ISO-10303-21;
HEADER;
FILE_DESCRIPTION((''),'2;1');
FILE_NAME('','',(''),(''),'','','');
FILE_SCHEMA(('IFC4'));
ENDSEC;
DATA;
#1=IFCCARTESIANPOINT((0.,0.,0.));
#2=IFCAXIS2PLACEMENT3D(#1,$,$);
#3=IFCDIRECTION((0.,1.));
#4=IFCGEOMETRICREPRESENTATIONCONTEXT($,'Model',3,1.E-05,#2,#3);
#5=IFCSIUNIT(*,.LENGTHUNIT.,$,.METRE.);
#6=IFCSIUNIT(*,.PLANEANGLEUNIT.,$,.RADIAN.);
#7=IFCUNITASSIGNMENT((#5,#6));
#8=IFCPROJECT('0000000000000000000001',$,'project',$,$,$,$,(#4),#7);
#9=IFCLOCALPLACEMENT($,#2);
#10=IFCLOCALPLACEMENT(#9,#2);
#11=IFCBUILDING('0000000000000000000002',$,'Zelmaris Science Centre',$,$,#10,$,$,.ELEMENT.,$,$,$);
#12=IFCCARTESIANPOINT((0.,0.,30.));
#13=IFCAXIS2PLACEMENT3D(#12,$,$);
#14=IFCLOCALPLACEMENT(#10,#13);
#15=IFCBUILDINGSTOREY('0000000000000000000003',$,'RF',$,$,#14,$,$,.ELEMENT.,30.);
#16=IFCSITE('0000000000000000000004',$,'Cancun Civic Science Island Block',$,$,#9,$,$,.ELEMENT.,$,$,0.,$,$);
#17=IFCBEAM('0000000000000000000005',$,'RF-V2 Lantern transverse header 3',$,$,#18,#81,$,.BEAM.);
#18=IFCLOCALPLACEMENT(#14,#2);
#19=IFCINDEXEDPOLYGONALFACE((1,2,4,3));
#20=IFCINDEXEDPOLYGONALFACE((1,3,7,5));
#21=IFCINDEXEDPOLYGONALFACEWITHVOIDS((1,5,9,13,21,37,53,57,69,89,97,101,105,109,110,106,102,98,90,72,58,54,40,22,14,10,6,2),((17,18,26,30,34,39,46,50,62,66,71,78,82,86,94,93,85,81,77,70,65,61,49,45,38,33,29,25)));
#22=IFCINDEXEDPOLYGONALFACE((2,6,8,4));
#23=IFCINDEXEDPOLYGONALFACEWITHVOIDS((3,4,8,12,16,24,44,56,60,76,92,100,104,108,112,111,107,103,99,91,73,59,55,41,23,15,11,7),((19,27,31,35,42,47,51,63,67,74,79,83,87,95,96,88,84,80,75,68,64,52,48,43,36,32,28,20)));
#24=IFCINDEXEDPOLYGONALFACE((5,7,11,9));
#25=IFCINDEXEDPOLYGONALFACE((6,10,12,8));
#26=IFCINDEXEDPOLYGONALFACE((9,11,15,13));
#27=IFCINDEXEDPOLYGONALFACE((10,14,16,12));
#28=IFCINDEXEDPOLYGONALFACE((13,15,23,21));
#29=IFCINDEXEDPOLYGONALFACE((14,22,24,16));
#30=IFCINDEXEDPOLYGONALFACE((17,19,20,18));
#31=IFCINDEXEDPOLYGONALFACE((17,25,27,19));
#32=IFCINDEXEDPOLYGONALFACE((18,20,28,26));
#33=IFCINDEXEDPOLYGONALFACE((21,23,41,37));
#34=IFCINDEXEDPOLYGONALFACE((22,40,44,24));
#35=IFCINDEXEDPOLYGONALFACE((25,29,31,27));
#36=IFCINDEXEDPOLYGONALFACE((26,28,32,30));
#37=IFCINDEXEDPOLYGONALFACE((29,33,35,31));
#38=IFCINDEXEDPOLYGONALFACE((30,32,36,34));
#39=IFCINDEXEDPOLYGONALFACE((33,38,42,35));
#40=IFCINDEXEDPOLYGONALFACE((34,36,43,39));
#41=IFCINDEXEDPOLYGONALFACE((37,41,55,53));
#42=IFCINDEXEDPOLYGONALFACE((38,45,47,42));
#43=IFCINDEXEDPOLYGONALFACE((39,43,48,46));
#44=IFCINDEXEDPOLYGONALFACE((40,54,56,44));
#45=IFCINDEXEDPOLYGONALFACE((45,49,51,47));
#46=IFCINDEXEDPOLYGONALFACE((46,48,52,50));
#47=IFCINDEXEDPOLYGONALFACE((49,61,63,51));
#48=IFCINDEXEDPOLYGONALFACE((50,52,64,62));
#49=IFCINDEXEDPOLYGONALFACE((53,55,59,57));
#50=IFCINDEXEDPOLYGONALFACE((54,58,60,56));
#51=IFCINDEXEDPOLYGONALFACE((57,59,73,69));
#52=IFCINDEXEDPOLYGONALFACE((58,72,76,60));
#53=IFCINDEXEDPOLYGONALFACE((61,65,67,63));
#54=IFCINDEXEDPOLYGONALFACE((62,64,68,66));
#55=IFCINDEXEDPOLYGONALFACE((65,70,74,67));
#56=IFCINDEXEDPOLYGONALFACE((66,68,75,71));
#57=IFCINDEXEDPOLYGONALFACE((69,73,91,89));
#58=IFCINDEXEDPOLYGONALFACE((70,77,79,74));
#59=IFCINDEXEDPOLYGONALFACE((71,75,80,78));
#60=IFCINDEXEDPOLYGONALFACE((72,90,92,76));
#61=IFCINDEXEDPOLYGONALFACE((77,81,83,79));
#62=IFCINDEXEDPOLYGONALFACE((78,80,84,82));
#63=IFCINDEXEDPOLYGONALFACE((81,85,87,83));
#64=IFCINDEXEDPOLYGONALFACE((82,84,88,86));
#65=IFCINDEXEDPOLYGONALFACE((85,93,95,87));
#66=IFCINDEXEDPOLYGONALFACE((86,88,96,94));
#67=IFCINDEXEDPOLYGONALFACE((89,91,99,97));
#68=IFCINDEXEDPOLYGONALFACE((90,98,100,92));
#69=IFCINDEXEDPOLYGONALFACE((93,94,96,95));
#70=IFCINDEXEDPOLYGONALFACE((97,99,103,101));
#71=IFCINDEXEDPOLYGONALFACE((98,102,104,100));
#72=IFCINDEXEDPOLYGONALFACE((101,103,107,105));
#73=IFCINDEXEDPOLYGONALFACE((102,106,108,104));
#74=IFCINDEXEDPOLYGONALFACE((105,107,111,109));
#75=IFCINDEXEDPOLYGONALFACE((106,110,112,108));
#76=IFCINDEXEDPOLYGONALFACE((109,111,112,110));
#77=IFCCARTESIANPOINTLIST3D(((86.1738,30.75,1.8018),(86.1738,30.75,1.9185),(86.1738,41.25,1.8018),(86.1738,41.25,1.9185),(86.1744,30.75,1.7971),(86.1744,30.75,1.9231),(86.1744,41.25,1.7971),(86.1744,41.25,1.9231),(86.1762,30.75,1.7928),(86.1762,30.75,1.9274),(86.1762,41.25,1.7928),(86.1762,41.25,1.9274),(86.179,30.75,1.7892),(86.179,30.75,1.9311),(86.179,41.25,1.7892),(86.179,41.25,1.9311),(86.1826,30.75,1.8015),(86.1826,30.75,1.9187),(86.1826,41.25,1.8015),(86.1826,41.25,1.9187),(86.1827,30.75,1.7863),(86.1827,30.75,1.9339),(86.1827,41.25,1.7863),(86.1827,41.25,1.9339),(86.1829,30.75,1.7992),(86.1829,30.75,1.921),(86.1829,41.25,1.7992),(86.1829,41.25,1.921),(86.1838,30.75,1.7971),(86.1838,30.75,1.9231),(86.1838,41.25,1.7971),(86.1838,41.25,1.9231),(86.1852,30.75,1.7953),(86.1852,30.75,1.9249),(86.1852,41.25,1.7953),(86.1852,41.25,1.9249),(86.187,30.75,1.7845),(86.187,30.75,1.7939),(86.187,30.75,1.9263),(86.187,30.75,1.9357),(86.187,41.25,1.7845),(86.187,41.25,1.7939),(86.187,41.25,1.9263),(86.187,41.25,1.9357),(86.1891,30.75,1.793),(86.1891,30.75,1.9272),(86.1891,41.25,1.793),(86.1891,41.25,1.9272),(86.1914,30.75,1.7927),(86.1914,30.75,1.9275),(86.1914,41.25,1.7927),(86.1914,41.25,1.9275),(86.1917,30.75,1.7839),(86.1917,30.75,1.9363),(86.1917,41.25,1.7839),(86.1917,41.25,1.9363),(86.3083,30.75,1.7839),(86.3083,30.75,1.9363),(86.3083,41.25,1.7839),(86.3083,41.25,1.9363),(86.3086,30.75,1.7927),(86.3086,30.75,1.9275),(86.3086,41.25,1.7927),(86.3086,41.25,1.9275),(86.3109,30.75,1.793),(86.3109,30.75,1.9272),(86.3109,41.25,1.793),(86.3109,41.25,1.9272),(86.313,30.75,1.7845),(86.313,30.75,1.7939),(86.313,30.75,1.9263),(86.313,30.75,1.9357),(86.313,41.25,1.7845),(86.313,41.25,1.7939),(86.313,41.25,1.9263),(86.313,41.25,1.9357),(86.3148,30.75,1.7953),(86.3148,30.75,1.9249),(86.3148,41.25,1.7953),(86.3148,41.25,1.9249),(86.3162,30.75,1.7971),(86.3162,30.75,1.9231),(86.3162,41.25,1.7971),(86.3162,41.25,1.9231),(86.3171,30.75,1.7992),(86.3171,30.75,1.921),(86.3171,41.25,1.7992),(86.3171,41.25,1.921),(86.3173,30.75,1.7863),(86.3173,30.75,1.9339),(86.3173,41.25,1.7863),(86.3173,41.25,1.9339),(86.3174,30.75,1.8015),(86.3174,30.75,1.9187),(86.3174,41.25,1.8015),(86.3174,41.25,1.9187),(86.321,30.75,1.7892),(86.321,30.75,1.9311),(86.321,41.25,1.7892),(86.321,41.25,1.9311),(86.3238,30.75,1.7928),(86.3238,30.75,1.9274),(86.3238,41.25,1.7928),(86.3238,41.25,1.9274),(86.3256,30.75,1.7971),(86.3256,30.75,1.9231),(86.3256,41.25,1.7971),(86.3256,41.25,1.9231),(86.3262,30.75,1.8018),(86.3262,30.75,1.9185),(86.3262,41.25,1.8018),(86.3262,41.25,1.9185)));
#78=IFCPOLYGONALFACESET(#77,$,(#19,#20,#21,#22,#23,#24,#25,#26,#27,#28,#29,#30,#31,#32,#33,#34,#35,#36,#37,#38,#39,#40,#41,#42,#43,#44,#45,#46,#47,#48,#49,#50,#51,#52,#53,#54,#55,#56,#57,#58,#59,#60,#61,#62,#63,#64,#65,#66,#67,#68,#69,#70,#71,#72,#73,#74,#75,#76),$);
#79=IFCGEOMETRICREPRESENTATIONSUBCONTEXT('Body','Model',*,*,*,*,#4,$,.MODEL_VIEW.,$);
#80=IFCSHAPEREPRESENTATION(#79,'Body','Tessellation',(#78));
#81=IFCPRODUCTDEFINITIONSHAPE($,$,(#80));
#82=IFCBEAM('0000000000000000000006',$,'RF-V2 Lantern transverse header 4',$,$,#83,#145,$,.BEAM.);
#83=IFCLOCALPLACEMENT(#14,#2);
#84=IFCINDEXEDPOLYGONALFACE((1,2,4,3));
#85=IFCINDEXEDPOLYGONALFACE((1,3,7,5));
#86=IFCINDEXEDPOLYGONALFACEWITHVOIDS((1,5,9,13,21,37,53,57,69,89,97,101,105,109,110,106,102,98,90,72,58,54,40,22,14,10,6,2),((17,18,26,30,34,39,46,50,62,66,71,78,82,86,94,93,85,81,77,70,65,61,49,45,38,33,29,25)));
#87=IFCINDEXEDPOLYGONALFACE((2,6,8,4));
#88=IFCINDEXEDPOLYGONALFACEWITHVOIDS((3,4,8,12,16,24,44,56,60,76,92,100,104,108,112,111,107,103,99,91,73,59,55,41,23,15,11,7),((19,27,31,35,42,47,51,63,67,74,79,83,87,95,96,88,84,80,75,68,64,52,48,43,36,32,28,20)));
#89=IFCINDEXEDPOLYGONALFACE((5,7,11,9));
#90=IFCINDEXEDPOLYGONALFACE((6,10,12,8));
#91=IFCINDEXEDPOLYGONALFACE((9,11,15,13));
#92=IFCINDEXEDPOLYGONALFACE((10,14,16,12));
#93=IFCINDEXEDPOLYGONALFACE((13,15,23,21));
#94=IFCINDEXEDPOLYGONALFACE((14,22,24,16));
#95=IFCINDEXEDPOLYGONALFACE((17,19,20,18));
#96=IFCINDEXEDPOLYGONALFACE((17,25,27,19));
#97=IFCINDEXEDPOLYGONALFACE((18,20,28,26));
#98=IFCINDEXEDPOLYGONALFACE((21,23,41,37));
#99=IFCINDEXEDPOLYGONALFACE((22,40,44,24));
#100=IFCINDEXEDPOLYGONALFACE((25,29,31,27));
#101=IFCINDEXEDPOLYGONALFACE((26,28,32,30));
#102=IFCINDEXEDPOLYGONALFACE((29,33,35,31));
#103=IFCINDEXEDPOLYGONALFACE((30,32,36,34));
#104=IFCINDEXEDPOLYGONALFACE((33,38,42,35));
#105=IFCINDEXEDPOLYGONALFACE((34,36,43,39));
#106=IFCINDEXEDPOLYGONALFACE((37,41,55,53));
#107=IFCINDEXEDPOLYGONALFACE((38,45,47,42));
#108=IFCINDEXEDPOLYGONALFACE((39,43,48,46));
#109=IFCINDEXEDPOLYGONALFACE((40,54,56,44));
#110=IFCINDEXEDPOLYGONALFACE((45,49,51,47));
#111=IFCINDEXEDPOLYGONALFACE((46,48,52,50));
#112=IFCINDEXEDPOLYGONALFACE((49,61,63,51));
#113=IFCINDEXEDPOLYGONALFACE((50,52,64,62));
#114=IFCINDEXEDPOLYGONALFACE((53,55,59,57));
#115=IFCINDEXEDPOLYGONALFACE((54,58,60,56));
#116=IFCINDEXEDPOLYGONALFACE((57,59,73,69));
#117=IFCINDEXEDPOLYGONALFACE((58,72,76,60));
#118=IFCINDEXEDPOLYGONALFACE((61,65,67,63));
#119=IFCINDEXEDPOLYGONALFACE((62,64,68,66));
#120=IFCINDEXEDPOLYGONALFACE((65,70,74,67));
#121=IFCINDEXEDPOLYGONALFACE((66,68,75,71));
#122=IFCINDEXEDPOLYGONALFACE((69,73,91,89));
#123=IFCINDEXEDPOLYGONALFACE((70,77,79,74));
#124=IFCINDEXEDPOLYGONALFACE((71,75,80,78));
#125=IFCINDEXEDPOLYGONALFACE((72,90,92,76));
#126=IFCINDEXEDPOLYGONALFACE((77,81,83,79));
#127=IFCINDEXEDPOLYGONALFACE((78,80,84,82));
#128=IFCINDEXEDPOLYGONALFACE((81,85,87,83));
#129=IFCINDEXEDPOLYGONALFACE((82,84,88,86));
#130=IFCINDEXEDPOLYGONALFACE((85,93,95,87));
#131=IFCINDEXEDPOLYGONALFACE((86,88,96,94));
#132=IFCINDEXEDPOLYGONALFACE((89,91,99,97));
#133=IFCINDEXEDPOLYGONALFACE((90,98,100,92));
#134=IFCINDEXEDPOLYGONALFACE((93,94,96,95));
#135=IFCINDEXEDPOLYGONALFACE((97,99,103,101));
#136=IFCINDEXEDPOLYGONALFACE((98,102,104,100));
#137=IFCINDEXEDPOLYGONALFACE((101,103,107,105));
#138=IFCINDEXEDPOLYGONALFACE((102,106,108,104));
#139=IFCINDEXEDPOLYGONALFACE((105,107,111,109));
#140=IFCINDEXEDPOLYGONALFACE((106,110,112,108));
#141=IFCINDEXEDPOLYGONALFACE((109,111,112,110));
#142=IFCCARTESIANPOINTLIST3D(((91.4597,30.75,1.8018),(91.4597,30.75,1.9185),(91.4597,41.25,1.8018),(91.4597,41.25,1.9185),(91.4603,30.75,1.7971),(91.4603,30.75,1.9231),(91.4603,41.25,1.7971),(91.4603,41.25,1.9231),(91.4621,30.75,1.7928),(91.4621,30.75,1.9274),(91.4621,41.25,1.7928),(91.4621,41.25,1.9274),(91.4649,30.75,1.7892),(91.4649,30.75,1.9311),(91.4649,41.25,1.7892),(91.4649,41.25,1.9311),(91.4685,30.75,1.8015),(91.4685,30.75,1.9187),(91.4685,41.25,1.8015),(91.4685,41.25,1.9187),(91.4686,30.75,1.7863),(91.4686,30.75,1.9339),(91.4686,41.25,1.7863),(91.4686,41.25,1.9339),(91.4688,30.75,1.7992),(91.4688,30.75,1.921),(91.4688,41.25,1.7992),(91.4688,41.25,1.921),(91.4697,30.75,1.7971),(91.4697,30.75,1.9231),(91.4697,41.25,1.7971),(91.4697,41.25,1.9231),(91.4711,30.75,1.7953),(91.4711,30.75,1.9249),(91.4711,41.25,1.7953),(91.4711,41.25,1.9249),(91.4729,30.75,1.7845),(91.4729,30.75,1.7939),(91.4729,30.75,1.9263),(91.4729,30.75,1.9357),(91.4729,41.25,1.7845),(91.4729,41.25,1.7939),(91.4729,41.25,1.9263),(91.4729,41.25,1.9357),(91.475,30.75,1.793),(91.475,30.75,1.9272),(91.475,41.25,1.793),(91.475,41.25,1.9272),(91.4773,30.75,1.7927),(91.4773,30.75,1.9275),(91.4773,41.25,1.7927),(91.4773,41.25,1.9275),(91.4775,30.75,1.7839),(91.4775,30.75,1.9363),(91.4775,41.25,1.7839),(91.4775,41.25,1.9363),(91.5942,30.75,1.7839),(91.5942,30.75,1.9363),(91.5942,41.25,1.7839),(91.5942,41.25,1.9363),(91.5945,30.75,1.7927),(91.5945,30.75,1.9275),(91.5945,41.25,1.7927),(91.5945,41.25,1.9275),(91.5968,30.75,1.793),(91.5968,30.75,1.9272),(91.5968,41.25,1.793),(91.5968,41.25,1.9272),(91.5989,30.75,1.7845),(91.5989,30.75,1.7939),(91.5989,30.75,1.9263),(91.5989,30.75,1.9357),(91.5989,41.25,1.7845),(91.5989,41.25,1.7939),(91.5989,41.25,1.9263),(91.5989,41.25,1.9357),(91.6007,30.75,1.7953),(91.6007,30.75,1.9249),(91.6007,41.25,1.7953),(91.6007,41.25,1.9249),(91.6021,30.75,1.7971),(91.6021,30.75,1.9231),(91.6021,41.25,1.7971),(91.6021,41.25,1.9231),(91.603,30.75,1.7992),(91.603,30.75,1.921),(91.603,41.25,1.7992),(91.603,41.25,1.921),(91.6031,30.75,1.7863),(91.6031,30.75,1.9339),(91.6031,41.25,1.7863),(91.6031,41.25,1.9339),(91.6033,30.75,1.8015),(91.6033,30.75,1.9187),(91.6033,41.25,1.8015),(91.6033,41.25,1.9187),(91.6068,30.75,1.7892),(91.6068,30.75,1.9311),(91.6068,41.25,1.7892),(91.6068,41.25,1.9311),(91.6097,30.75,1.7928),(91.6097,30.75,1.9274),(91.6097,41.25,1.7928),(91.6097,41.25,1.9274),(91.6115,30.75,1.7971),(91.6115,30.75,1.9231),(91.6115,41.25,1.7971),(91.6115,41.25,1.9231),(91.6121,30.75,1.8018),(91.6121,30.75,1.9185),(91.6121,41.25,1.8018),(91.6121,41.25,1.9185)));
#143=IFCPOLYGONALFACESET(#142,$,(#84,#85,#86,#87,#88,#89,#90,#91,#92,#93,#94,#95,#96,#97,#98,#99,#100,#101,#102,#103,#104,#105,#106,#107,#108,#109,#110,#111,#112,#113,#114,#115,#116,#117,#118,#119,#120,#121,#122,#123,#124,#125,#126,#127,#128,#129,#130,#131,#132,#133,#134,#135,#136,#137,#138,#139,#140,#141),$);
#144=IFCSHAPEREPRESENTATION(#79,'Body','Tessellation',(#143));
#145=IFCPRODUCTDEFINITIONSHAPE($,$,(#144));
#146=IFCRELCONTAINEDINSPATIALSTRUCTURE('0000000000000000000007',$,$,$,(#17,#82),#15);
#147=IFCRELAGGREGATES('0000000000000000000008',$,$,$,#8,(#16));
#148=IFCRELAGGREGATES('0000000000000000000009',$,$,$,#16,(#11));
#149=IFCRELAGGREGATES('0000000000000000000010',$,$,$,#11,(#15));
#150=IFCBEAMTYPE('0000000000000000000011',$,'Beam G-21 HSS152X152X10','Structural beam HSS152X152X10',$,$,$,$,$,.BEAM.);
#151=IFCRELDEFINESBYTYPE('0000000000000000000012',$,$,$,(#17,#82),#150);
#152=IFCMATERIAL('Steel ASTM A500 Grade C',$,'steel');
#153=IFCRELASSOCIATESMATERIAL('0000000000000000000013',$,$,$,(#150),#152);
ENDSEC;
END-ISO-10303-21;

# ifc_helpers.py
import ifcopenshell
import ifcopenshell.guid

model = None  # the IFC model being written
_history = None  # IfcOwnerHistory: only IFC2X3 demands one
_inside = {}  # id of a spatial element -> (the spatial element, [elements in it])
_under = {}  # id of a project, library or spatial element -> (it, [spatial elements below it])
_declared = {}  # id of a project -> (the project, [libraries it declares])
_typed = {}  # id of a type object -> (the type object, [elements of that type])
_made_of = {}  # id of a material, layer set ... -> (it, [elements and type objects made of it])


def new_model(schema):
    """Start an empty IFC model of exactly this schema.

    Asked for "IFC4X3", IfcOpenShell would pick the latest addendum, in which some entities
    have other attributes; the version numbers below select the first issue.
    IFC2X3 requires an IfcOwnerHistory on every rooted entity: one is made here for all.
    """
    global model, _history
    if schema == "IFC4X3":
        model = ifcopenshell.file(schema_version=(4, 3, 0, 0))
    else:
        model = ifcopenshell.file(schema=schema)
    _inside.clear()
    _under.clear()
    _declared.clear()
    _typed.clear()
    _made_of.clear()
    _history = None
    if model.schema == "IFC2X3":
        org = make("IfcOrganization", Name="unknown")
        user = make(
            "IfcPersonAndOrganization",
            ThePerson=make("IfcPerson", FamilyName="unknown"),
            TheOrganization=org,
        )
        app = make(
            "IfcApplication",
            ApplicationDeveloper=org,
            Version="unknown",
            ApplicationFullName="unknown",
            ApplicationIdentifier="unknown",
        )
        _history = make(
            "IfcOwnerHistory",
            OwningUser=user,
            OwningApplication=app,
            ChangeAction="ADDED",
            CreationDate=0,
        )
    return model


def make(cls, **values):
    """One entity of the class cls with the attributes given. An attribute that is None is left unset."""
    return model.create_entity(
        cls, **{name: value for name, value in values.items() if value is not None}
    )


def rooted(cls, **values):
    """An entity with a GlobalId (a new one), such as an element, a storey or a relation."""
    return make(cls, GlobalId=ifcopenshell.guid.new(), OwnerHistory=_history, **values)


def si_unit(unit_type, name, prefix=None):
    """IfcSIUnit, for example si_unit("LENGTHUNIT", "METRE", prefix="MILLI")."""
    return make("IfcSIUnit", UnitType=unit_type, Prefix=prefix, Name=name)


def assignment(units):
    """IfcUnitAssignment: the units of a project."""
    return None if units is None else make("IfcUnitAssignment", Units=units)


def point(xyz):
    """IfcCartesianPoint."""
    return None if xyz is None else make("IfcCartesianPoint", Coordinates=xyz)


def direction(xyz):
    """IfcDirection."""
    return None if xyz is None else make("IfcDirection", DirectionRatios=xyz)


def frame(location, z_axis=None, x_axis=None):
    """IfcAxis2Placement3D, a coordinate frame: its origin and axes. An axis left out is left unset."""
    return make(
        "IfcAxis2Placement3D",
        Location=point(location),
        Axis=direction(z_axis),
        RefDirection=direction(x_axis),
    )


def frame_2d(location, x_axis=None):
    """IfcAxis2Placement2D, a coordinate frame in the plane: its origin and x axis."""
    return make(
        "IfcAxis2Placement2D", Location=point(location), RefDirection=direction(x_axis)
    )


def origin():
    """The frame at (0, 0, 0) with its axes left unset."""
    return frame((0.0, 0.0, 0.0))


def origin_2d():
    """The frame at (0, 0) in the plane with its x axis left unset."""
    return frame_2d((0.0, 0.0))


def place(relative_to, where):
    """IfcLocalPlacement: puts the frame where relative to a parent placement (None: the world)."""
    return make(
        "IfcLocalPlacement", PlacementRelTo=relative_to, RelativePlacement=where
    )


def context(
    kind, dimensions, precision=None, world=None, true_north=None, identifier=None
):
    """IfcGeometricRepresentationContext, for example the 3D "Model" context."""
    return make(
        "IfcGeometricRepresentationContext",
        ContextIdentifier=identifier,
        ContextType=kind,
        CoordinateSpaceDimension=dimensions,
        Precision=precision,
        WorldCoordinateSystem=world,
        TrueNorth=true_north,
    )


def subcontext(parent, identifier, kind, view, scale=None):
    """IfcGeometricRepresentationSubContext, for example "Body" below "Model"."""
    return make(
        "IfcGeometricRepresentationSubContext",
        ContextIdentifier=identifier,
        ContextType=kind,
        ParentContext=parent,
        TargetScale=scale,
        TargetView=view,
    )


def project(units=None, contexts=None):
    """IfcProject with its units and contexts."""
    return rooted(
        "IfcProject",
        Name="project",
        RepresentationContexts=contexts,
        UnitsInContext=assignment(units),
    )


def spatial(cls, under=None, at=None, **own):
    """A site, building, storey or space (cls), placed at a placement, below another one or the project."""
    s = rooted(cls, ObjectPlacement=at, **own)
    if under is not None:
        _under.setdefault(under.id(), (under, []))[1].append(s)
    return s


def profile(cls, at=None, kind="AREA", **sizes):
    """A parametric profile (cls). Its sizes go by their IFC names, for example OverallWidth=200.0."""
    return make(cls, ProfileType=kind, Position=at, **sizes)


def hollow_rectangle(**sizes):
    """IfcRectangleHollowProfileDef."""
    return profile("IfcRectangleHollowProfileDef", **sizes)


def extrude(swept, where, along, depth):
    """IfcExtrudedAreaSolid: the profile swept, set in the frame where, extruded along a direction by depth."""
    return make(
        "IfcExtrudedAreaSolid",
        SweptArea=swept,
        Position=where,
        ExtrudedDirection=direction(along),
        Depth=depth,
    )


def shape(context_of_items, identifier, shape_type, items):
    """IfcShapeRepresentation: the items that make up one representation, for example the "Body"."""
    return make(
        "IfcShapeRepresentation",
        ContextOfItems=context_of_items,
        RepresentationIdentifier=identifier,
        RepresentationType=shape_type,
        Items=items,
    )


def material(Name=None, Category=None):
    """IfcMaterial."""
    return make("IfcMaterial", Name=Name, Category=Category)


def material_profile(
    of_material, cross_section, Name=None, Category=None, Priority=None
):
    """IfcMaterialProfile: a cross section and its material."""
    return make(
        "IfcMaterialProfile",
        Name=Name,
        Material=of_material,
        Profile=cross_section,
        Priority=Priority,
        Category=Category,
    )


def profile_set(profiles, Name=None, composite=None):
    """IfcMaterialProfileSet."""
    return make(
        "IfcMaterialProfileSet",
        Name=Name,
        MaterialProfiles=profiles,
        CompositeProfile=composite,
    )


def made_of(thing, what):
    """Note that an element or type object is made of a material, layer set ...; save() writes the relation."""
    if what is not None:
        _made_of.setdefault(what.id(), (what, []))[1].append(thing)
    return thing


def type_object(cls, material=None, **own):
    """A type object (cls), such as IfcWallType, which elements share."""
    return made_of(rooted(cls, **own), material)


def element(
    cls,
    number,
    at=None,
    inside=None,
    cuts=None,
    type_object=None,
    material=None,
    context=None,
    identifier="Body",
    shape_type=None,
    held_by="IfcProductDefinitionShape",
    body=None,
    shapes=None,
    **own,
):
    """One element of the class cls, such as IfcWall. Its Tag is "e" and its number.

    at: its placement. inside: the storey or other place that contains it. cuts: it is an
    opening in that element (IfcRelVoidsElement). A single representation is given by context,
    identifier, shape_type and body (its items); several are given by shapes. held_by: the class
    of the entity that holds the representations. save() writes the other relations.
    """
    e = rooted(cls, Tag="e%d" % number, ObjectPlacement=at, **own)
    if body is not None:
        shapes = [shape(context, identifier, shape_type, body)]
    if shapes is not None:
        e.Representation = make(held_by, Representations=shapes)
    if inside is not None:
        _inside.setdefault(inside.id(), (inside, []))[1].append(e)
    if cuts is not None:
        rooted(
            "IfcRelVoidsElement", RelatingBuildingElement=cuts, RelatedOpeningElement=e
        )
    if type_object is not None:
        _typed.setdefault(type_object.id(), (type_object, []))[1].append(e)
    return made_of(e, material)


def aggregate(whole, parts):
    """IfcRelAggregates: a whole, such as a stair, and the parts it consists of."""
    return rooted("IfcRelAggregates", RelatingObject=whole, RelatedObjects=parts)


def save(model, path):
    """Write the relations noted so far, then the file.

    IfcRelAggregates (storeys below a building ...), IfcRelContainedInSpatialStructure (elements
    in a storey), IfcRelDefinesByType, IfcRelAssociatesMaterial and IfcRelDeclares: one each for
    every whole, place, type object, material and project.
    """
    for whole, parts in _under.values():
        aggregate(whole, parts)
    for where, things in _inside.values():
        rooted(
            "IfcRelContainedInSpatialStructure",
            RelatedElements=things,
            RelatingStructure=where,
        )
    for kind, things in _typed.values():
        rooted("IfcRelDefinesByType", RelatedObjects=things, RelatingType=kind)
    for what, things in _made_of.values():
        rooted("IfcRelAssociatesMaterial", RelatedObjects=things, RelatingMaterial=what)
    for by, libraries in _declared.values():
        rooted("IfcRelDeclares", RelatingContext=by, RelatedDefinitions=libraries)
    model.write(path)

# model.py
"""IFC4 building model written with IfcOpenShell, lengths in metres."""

from ifc_helpers import new_model, si_unit, direction, frame, origin, origin_2d, place, context, subcontext, project, spatial, hollow_rectangle, extrude, material, material_profile, profile_set, type_object, element, save


model = new_model("IFC4")

# Units and contexts
model_context = context("Model", 3, precision=1e-05, world=origin(), true_north=direction((0.0, 1.0)))
body_context = subcontext(model_context, "Body", "Model", "MODEL_VIEW")
ifc_project = project(units=[si_unit("LENGTHUNIT", "METRE"), si_unit("PLANEANGLEUNIT", "RADIAN")], contexts=[model_context])

# Site, building, storey
site_placement = place(None, origin())
site = spatial("IfcSite", under=ifc_project, at=site_placement, Name="Cancun Civic Science Island Block", CompositionType="ELEMENT", RefElevation=0.0)
building_placement = place(site_placement, origin())
building = spatial("IfcBuilding", under=site, at=building_placement, Name="Zelmaris Science Centre", CompositionType="ELEMENT")
storey_placement = place(building_placement, frame((0.0, 0.0, 30.0)))
storey = spatial("IfcBuildingStorey", under=building, at=storey_placement, Name="RF", CompositionType="ELEMENT", Elevation=30.0)

# Beams
ifc_material_1 = material(Name="Steel ASTM A500 Grade C", Category="steel")
ifc_material_profile_1 = material_profile(ifc_material_1, hollow_rectangle(XDim=0.1523, YDim=0.1523, WallThickness=0.0088, InnerFilletRadius=0.0088, OuterFilletRadius=0.0178, at=origin_2d()), Name="HSS152X152X10")
ifc_profile_set_1 = profile_set([ifc_material_profile_1], Name="Steel ASTM A500 Grade C")
beam_type_1 = type_object("IfcBeamType", Name="Beam G-21 HSS152X152X10", Description="Structural beam HSS152X152X10", PredefinedType="BEAM", material=ifc_profile_set_1)
for number, where, z_axis, x_axis, name in (
    (1, (86.25, 30.75, 1.8601), (0.0, 1.0, 0.0), (-1.0, 0.0, 0.0), "RF-V2 Lantern transverse header 3"),
    (2, (91.5359, 30.75, 1.8601), (0.0, 1.0, 0.0), (-1.0, 0.0, 0.0), "RF-V2 Lantern transverse header 4"),
):
    element("IfcBeam", number, at=place(storey_placement, frame(where, z_axis=z_axis, x_axis=x_axis)), inside=storey, type_object=beam_type_1, Name=name, PredefinedType="BEAM", context=body_context, shape_type="SweptSolid", body=[
        extrude(hollow_rectangle(XDim=0.1523, YDim=0.1523, WallThickness=0.0088, InnerFilletRadius=0.0088, OuterFilletRadius=0.0178, at=origin_2d()), origin(), (0.0, 0.0, 1.0), 10.5),
    ])

save(model, "model.ifc")
